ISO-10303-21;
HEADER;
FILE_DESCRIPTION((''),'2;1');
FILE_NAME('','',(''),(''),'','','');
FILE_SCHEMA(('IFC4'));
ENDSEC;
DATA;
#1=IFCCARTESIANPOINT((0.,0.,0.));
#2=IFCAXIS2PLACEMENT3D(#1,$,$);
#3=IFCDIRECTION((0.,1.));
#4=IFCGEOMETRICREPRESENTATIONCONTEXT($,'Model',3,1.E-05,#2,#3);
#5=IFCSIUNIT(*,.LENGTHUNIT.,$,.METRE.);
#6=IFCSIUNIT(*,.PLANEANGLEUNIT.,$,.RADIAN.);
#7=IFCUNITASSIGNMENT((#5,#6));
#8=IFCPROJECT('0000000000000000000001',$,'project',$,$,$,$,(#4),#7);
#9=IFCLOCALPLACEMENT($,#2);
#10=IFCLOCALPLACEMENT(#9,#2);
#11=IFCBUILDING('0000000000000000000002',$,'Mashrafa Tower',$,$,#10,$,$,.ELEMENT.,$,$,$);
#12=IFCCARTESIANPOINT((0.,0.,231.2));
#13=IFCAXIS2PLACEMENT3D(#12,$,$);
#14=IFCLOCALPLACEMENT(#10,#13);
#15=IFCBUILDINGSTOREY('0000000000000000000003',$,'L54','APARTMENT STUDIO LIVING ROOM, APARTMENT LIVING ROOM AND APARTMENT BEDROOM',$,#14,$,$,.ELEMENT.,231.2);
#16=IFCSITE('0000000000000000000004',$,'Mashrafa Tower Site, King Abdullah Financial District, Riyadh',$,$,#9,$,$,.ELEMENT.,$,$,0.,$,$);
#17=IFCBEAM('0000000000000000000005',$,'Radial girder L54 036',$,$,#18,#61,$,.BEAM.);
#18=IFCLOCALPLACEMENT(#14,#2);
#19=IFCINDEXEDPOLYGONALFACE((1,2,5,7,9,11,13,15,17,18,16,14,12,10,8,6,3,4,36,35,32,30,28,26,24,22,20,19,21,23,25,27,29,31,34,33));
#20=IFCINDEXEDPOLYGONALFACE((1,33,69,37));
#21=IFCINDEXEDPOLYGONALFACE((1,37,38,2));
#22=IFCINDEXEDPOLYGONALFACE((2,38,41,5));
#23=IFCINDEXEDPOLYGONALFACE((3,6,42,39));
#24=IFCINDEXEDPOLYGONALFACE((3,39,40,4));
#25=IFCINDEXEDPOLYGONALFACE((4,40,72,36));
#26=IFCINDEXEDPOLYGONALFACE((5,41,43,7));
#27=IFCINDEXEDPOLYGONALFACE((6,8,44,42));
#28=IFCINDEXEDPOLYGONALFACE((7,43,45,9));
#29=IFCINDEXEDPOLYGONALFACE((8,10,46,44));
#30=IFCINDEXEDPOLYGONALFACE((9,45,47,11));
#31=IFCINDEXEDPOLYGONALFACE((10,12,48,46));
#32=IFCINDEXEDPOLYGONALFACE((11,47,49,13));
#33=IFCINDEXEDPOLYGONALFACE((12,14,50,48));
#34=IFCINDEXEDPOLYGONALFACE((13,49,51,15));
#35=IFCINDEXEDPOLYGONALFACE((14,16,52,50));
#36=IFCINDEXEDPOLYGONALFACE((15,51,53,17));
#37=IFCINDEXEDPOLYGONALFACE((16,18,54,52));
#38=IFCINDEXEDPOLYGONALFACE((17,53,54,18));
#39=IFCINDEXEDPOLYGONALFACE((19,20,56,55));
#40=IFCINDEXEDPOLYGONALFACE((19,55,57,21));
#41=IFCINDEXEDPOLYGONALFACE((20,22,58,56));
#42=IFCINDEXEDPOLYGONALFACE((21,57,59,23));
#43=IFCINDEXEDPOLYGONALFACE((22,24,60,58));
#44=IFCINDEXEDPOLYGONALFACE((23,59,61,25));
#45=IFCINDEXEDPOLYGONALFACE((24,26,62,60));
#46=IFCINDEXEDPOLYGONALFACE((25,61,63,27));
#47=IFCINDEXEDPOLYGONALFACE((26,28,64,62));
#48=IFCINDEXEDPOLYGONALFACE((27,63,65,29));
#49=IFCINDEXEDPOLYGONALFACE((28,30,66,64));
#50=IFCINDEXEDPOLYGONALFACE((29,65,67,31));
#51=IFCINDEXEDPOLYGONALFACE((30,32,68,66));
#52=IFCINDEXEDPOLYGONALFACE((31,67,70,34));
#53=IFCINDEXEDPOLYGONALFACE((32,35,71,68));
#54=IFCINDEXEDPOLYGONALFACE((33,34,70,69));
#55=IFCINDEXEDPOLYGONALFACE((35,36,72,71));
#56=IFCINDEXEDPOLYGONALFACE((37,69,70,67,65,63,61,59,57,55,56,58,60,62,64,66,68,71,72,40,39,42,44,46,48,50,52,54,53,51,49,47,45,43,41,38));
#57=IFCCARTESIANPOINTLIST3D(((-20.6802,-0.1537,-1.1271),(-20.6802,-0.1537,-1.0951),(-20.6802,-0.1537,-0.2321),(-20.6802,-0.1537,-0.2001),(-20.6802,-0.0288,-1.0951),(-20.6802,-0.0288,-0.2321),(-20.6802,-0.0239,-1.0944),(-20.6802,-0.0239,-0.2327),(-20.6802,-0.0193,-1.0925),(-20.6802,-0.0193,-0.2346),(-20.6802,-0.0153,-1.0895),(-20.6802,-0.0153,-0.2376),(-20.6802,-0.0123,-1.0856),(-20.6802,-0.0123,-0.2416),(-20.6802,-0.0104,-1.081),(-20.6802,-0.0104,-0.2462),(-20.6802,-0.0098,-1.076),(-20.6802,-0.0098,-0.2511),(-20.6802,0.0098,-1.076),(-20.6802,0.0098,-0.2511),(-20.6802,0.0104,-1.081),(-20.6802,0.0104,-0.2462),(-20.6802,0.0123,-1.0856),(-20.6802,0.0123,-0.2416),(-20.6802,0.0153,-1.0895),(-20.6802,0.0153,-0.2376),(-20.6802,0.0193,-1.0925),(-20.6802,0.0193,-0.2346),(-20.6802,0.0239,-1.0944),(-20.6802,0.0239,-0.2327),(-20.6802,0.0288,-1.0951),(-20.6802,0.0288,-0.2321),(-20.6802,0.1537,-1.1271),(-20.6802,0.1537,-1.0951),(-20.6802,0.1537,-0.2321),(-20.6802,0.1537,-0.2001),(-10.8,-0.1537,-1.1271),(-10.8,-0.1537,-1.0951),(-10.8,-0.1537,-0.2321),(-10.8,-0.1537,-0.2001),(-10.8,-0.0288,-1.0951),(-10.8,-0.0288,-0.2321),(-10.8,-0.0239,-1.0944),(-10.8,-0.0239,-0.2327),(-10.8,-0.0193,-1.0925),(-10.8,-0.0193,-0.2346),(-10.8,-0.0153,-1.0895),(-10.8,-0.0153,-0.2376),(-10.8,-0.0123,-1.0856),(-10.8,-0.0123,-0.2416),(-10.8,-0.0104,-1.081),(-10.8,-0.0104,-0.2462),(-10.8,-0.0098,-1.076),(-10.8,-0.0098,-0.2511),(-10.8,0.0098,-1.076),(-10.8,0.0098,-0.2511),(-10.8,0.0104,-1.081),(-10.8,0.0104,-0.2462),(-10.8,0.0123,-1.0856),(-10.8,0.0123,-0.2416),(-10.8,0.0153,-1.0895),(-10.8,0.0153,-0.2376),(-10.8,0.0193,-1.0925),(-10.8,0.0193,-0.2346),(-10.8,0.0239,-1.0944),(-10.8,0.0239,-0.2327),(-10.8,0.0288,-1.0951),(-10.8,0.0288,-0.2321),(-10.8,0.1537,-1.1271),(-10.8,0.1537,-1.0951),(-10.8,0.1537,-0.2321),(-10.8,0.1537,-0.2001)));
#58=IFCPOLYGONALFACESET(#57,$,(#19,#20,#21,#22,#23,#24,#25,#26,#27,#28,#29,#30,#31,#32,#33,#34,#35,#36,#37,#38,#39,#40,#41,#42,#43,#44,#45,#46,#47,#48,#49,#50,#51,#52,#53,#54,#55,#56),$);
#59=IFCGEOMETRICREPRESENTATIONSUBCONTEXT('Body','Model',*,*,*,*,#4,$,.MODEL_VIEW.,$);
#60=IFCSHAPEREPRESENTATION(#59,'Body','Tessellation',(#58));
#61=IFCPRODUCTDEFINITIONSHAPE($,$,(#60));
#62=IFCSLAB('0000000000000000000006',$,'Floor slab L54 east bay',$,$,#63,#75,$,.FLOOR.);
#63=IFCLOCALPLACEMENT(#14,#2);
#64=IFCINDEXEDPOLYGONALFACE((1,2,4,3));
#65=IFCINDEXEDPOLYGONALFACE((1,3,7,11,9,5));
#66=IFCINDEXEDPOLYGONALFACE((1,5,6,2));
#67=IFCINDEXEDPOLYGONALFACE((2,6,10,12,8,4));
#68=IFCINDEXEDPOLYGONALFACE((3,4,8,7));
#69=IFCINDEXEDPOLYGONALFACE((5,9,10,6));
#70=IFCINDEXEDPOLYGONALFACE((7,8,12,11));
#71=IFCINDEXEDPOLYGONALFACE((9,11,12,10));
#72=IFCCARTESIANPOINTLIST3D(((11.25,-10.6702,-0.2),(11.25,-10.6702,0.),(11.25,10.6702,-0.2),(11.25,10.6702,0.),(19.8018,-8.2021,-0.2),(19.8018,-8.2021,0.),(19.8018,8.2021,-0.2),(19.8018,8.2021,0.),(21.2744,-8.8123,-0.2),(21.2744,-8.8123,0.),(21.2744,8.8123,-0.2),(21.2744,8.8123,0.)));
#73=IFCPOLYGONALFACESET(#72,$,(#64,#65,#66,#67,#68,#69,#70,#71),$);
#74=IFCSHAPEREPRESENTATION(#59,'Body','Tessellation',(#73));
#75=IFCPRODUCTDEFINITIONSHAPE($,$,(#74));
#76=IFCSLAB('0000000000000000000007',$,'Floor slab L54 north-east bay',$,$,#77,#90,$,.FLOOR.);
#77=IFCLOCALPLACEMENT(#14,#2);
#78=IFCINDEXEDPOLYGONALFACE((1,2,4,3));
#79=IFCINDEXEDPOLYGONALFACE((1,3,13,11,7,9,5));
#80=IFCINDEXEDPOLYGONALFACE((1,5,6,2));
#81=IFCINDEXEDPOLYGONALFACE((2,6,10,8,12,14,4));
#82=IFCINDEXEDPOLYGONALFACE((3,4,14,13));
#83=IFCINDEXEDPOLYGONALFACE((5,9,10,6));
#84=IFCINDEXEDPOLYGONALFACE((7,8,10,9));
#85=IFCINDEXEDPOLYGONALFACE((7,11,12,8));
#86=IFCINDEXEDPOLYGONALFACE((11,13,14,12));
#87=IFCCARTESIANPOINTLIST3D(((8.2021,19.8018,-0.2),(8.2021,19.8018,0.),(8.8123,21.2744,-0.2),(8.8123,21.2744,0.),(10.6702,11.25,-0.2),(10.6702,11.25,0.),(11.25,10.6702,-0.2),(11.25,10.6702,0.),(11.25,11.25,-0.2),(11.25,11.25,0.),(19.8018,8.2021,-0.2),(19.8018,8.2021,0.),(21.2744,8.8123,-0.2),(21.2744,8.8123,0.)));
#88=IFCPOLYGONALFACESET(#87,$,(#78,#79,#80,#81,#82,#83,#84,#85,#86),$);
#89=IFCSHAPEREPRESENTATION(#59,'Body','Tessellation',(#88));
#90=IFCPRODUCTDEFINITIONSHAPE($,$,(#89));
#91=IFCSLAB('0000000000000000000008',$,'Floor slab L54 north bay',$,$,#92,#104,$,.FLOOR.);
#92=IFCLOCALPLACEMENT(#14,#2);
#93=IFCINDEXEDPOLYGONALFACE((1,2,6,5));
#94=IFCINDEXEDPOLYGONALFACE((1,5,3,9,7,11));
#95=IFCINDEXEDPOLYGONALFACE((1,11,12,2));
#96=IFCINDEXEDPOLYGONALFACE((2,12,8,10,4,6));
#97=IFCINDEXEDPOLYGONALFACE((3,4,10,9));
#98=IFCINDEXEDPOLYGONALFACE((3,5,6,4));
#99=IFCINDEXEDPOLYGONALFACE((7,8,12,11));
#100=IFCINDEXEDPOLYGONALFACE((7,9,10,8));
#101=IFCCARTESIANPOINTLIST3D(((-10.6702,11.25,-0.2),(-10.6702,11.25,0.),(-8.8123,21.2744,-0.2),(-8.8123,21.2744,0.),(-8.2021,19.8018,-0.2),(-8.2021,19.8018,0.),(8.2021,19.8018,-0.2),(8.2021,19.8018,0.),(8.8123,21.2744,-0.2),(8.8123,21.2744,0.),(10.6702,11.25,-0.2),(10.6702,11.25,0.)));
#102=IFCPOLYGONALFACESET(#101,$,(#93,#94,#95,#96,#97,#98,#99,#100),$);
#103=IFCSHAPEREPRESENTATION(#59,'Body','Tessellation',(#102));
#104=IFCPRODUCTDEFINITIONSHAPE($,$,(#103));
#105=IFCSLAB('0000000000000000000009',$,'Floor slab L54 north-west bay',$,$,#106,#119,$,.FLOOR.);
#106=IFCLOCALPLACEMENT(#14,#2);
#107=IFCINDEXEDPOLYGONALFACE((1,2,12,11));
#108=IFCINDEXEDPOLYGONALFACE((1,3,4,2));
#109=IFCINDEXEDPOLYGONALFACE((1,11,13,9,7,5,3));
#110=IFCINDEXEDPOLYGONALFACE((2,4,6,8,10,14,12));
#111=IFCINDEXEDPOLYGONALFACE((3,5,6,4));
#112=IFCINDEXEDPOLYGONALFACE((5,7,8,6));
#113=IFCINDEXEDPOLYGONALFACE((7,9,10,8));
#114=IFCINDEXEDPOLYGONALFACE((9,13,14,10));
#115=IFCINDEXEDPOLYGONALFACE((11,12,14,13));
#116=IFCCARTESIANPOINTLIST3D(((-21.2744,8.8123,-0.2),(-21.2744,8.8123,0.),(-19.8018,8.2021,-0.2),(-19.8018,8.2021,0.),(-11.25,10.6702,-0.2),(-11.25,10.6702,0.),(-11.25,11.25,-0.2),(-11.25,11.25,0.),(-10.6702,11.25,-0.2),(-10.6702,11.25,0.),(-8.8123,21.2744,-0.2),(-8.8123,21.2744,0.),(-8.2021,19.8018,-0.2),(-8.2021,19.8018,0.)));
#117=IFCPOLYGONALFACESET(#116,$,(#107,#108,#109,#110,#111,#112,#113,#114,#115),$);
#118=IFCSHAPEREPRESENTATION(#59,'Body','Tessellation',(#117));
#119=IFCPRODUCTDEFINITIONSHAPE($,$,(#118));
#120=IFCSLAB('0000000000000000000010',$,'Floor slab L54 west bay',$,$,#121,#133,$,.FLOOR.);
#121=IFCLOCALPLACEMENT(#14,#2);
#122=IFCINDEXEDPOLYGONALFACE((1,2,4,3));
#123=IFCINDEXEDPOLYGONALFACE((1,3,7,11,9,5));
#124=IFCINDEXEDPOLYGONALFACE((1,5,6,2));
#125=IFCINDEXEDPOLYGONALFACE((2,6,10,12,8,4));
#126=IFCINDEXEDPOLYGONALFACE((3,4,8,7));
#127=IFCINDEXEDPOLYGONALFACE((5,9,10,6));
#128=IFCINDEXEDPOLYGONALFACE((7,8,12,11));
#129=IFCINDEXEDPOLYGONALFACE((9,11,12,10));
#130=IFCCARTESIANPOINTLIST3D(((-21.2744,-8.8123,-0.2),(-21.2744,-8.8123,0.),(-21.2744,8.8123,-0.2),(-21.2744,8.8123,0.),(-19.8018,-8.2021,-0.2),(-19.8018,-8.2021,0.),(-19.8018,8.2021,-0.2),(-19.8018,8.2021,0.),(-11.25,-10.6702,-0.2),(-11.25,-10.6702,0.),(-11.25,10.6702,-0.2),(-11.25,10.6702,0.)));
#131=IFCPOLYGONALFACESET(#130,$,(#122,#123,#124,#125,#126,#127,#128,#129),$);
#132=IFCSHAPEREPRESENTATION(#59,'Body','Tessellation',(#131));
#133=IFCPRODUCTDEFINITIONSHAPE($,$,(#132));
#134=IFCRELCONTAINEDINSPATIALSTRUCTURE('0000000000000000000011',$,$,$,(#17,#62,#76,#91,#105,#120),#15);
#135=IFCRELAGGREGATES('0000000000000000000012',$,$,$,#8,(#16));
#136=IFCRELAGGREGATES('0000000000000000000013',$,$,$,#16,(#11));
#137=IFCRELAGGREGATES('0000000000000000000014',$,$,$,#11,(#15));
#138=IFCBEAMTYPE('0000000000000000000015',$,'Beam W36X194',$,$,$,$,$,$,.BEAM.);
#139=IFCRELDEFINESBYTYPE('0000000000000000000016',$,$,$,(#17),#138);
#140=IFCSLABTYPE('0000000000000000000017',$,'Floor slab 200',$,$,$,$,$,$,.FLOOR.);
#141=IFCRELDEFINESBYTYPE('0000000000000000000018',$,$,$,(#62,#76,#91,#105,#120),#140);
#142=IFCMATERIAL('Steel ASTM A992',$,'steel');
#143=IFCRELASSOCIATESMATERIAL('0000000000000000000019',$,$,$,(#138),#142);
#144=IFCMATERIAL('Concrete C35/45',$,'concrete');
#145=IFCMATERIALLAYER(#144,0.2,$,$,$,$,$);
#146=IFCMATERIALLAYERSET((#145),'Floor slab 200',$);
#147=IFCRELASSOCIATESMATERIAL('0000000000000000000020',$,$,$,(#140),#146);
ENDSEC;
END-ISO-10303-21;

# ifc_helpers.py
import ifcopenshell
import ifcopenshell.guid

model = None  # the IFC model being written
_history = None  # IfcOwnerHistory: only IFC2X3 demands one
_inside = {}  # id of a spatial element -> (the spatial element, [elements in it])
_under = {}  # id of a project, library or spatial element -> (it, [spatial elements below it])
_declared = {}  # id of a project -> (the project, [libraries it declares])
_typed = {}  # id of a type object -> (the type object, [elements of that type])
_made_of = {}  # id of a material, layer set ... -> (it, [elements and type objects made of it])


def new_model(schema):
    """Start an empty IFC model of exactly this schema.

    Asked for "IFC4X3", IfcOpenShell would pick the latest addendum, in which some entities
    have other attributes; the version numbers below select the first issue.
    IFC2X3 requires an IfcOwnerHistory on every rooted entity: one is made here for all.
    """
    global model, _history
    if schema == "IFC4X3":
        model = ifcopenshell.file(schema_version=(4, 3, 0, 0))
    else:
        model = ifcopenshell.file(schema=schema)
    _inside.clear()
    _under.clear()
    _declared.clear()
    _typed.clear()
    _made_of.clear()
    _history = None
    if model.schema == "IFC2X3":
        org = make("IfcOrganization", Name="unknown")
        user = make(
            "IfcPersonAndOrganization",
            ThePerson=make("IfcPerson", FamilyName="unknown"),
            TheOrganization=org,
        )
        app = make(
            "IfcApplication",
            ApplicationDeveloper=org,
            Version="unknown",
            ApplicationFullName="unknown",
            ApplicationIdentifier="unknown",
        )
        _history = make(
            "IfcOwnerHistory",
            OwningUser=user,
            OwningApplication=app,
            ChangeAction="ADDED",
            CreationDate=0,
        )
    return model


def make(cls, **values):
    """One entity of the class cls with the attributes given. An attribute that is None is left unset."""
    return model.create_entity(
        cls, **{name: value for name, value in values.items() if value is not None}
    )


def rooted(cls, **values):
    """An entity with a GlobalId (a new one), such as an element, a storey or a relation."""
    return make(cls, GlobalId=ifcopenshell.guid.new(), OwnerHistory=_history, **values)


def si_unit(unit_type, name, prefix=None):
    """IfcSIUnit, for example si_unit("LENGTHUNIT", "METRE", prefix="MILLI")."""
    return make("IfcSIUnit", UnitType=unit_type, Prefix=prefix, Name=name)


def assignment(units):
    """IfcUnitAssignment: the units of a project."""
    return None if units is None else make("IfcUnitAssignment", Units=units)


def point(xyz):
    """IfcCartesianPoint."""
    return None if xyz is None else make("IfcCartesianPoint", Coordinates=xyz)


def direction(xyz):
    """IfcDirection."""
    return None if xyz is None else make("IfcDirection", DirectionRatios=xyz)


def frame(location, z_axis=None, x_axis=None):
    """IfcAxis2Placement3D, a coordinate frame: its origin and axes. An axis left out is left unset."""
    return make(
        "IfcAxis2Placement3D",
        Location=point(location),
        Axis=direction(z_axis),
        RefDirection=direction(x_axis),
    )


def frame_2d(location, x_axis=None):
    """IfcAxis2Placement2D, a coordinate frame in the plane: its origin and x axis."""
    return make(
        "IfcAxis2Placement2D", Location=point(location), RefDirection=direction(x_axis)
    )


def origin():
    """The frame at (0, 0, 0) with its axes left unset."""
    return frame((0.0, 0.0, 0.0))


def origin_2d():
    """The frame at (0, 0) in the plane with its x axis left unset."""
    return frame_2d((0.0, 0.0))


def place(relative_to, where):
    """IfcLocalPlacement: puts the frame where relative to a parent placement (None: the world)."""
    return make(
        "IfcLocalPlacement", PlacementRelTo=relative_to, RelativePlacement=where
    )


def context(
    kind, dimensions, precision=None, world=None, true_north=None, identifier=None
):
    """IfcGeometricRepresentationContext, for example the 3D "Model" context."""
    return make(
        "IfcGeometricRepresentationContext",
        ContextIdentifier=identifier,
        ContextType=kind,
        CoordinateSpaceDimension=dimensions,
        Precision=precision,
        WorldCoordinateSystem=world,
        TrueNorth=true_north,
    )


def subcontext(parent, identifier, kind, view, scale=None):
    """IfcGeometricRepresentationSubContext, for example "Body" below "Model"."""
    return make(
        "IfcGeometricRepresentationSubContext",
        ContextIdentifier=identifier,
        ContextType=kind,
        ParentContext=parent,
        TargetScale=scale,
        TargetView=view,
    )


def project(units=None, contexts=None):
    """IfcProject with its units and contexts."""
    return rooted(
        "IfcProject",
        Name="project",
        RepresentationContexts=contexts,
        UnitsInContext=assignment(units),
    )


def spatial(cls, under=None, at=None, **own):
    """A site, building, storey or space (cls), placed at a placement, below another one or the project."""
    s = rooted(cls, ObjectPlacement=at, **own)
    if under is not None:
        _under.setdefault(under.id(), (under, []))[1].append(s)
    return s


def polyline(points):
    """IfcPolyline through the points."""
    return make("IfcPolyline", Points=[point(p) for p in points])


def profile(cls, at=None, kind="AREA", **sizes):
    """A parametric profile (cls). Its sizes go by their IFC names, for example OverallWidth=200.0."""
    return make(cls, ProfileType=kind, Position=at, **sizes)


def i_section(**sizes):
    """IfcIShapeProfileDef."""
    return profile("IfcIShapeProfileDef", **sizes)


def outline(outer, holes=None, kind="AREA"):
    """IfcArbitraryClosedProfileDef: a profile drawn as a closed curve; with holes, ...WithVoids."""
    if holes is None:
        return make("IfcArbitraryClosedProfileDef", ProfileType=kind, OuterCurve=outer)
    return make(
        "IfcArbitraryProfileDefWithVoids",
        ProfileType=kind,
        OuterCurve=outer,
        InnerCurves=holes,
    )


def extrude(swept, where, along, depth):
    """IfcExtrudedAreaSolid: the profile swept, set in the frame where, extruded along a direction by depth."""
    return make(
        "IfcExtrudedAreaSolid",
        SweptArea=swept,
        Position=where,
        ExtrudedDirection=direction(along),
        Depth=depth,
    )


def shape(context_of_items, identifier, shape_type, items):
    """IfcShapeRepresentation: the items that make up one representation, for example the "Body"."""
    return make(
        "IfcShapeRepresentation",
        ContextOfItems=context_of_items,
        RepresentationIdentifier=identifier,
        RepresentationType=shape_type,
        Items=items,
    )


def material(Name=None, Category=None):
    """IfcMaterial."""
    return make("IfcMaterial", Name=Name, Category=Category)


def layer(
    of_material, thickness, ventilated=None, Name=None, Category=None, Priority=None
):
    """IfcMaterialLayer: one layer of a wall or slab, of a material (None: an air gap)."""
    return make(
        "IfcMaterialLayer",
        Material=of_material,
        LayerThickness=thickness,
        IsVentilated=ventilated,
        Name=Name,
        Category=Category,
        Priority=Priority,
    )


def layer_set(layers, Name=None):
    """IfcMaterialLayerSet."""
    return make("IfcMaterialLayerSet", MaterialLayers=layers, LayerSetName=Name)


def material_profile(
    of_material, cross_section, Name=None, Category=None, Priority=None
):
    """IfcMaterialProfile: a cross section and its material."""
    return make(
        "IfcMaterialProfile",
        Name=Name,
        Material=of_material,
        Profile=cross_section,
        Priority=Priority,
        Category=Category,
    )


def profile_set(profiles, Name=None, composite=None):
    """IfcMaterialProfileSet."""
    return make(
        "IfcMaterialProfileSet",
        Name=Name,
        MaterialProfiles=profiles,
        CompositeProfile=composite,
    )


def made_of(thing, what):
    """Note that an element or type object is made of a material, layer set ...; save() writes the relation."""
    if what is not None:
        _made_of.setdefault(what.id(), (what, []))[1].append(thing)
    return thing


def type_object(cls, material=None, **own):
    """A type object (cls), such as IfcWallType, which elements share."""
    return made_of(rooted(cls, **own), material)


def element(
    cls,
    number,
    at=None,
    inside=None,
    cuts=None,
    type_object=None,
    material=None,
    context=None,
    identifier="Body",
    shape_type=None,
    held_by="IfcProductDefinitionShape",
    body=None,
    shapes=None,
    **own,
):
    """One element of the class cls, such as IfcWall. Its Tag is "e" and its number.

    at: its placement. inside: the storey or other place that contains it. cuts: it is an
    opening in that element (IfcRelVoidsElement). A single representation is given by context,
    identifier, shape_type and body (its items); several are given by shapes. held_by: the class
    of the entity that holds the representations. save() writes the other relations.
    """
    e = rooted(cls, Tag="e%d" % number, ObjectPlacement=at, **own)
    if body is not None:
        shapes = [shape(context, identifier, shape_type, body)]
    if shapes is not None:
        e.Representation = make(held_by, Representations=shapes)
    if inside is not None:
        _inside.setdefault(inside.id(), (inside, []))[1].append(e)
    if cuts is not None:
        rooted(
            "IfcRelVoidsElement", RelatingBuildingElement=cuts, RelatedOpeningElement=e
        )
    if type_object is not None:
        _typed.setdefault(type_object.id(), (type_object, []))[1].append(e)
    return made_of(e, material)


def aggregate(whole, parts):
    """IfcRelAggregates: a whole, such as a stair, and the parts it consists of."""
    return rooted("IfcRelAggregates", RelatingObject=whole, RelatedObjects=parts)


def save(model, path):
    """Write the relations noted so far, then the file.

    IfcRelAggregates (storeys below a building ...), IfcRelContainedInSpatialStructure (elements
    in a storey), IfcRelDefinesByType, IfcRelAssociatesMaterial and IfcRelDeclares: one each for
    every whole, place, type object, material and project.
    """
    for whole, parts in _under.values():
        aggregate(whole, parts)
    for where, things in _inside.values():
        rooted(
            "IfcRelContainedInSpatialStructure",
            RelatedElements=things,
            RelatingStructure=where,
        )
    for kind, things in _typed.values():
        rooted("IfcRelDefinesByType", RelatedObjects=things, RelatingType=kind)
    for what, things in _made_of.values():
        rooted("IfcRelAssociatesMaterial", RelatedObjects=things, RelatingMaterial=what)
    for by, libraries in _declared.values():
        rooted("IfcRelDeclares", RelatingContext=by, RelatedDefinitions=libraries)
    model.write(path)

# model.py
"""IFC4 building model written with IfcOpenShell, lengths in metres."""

from ifc_helpers import new_model, si_unit, direction, frame, origin, origin_2d, place, context, subcontext, project, spatial, polyline, i_section, outline, extrude, material, layer, layer_set, material_profile, profile_set, type_object, element, save


model = new_model("IFC4")

# Units and contexts
model_context = context("Model", 3, precision=1e-05, world=origin(), true_north=direction((0.0, 1.0)))
body_context = subcontext(model_context, "Body", "Model", "MODEL_VIEW")
ifc_project = project(units=[si_unit("LENGTHUNIT", "METRE"), si_unit("PLANEANGLEUNIT", "RADIAN")], contexts=[model_context])

# Site, building, storey
site_placement = place(None, origin())
site = spatial("IfcSite", under=ifc_project, at=site_placement, Name="Mashrafa Tower Site, King Abdullah Financial District, Riyadh", CompositionType="ELEMENT", RefElevation=0.0)
building_placement = place(site_placement, origin())
building = spatial("IfcBuilding", under=site, at=building_placement, Name="Mashrafa Tower", CompositionType="ELEMENT")
storey_placement = place(building_placement, frame((0.0, 0.0, 231.2)))
storey = spatial("IfcBuildingStorey", under=building, at=storey_placement, Name="L54", Description="APARTMENT STUDIO LIVING ROOM, APARTMENT LIVING ROOM AND APARTMENT BEDROOM", CompositionType="ELEMENT", Elevation=231.2)

# Beam
ifc_material_1 = material(Name="Steel ASTM A992", Category="steel")
ifc_material_profile = material_profile(ifc_material_1, i_section(OverallWidth=0.3074, OverallDepth=0.927, WebThickness=0.0195, FlangeThickness=0.032, FilletRadius=0.019, at=origin_2d()), Name="W36X194")
ifc_profile_set = profile_set([ifc_material_profile], Name="Steel ASTM A992")
beam_type = type_object("IfcBeamType", Name="Beam W36X194", PredefinedType="BEAM", material=ifc_profile_set)
beam_placement = place(storey_placement, frame((-10.8, 0.0, -0.6636), z_axis=(-1.0, 0.0, 0.0), x_axis=(0.0, -1.0, 0.0)))
element("IfcBeam", 1, at=beam_placement, inside=storey, type_object=beam_type, Name="Radial girder L54 036", PredefinedType="BEAM", context=body_context, shape_type="SweptSolid", body=[
    extrude(i_section(OverallWidth=0.3074, OverallDepth=0.927, WebThickness=0.0195, FlangeThickness=0.032, FilletRadius=0.019, at=origin_2d()), origin(), (0.0, 0.0, 1.0), 9.8801),
])

# Slabs
ifc_material_2 = material(Name="Concrete C35/45", Category="concrete")
ifc_layer_1 = layer(ifc_material_2, 0.2)
ifc_layer_set_1 = layer_set([ifc_layer_1], Name="Floor slab 200")
slab_type = type_object("IfcSlabType", Name="Floor slab 200", PredefinedType="FLOOR", material=ifc_layer_set_1)
slab_1_placement = place(storey_placement, frame((0.0, 0.0, -0.2)))
element("IfcSlab", 2, at=slab_1_placement, inside=storey, type_object=slab_type, Name="Floor slab L54 east bay", PredefinedType="FLOOR", context=body_context, shape_type="SweptSolid", body=[
    extrude(outline(polyline([(21.2744, 8.8123), (21.2744, -8.8123), (21.2744, -8.8123), (19.8018, -8.2021), (11.25, -10.6702), (11.25, 10.6702), (19.8018, 8.2021), (21.2744, 8.8123), (21.2744, 8.8123)])), origin(), (0.0, 0.0, 1.0), 0.2),
])
slab_2_placement = place(storey_placement, frame((0.0, 0.0, -0.2)))
element("IfcSlab", 3, at=slab_2_placement, inside=storey, type_object=slab_type, Name="Floor slab L54 north-east bay", PredefinedType="FLOOR", context=body_context, shape_type="SweptSolid", body=[
    extrude(outline(polyline([(21.2744, 8.8123), (19.8018, 8.2021), (11.25, 10.6702), (11.25, 11.25), (10.6702, 11.25), (8.2021, 19.8018), (8.8123, 21.2744), (21.2744, 8.8123)])), origin(), (0.0, 0.0, 1.0), 0.2),
])
slab_3_placement = place(storey_placement, frame((0.0, 0.0, -0.2)))
element("IfcSlab", 4, at=slab_3_placement, inside=storey, type_object=slab_type, Name="Floor slab L54 north bay", PredefinedType="FLOOR", context=body_context, shape_type="SweptSolid", body=[
    extrude(outline(polyline([(-8.8123, 21.2744), (8.8123, 21.2744), (8.8123, 21.2744), (8.2021, 19.8018), (10.6702, 11.25), (-10.6702, 11.25), (-8.2021, 19.8018), (-8.8123, 21.2744), (-8.8123, 21.2744)])), origin(), (0.0, 0.0, 1.0), 0.2),
])
slab_4_placement = place(storey_placement, frame((0.0, 0.0, -0.2)))
element("IfcSlab", 5, at=slab_4_placement, inside=storey, type_object=slab_type, Name="Floor slab L54 north-west bay", PredefinedType="FLOOR", context=body_context, shape_type="SweptSolid", body=[
    extrude(outline(polyline([(-8.8123, 21.2744), (-8.2021, 19.8018), (-10.6702, 11.25), (-11.25, 11.25), (-11.25, 10.6702), (-19.8018, 8.2021), (-21.2744, 8.8123), (-8.8123, 21.2744)])), origin(), (0.0, 0.0, 1.0), 0.2),
])
slab_5_placement = place(storey_placement, frame((0.0, 0.0, -0.2)))
element("IfcSlab", 6, at=slab_5_placement, inside=storey, type_object=slab_type, Name="Floor slab L54 west bay", PredefinedType="FLOOR", context=body_context, shape_type="SweptSolid", body=[
    extrude(outline(polyline([(-21.2744, -8.8123), (-21.2744, 8.8123), (-21.2744, 8.8123), (-19.8018, 8.2021), (-11.25, 10.6702), (-11.25, -10.6702), (-19.8018, -8.2021), (-21.2744, -8.8123), (-21.2744, -8.8123)])), origin(), (0.0, 0.0, 1.0), 0.2),
])

save(model, "model.ifc")
